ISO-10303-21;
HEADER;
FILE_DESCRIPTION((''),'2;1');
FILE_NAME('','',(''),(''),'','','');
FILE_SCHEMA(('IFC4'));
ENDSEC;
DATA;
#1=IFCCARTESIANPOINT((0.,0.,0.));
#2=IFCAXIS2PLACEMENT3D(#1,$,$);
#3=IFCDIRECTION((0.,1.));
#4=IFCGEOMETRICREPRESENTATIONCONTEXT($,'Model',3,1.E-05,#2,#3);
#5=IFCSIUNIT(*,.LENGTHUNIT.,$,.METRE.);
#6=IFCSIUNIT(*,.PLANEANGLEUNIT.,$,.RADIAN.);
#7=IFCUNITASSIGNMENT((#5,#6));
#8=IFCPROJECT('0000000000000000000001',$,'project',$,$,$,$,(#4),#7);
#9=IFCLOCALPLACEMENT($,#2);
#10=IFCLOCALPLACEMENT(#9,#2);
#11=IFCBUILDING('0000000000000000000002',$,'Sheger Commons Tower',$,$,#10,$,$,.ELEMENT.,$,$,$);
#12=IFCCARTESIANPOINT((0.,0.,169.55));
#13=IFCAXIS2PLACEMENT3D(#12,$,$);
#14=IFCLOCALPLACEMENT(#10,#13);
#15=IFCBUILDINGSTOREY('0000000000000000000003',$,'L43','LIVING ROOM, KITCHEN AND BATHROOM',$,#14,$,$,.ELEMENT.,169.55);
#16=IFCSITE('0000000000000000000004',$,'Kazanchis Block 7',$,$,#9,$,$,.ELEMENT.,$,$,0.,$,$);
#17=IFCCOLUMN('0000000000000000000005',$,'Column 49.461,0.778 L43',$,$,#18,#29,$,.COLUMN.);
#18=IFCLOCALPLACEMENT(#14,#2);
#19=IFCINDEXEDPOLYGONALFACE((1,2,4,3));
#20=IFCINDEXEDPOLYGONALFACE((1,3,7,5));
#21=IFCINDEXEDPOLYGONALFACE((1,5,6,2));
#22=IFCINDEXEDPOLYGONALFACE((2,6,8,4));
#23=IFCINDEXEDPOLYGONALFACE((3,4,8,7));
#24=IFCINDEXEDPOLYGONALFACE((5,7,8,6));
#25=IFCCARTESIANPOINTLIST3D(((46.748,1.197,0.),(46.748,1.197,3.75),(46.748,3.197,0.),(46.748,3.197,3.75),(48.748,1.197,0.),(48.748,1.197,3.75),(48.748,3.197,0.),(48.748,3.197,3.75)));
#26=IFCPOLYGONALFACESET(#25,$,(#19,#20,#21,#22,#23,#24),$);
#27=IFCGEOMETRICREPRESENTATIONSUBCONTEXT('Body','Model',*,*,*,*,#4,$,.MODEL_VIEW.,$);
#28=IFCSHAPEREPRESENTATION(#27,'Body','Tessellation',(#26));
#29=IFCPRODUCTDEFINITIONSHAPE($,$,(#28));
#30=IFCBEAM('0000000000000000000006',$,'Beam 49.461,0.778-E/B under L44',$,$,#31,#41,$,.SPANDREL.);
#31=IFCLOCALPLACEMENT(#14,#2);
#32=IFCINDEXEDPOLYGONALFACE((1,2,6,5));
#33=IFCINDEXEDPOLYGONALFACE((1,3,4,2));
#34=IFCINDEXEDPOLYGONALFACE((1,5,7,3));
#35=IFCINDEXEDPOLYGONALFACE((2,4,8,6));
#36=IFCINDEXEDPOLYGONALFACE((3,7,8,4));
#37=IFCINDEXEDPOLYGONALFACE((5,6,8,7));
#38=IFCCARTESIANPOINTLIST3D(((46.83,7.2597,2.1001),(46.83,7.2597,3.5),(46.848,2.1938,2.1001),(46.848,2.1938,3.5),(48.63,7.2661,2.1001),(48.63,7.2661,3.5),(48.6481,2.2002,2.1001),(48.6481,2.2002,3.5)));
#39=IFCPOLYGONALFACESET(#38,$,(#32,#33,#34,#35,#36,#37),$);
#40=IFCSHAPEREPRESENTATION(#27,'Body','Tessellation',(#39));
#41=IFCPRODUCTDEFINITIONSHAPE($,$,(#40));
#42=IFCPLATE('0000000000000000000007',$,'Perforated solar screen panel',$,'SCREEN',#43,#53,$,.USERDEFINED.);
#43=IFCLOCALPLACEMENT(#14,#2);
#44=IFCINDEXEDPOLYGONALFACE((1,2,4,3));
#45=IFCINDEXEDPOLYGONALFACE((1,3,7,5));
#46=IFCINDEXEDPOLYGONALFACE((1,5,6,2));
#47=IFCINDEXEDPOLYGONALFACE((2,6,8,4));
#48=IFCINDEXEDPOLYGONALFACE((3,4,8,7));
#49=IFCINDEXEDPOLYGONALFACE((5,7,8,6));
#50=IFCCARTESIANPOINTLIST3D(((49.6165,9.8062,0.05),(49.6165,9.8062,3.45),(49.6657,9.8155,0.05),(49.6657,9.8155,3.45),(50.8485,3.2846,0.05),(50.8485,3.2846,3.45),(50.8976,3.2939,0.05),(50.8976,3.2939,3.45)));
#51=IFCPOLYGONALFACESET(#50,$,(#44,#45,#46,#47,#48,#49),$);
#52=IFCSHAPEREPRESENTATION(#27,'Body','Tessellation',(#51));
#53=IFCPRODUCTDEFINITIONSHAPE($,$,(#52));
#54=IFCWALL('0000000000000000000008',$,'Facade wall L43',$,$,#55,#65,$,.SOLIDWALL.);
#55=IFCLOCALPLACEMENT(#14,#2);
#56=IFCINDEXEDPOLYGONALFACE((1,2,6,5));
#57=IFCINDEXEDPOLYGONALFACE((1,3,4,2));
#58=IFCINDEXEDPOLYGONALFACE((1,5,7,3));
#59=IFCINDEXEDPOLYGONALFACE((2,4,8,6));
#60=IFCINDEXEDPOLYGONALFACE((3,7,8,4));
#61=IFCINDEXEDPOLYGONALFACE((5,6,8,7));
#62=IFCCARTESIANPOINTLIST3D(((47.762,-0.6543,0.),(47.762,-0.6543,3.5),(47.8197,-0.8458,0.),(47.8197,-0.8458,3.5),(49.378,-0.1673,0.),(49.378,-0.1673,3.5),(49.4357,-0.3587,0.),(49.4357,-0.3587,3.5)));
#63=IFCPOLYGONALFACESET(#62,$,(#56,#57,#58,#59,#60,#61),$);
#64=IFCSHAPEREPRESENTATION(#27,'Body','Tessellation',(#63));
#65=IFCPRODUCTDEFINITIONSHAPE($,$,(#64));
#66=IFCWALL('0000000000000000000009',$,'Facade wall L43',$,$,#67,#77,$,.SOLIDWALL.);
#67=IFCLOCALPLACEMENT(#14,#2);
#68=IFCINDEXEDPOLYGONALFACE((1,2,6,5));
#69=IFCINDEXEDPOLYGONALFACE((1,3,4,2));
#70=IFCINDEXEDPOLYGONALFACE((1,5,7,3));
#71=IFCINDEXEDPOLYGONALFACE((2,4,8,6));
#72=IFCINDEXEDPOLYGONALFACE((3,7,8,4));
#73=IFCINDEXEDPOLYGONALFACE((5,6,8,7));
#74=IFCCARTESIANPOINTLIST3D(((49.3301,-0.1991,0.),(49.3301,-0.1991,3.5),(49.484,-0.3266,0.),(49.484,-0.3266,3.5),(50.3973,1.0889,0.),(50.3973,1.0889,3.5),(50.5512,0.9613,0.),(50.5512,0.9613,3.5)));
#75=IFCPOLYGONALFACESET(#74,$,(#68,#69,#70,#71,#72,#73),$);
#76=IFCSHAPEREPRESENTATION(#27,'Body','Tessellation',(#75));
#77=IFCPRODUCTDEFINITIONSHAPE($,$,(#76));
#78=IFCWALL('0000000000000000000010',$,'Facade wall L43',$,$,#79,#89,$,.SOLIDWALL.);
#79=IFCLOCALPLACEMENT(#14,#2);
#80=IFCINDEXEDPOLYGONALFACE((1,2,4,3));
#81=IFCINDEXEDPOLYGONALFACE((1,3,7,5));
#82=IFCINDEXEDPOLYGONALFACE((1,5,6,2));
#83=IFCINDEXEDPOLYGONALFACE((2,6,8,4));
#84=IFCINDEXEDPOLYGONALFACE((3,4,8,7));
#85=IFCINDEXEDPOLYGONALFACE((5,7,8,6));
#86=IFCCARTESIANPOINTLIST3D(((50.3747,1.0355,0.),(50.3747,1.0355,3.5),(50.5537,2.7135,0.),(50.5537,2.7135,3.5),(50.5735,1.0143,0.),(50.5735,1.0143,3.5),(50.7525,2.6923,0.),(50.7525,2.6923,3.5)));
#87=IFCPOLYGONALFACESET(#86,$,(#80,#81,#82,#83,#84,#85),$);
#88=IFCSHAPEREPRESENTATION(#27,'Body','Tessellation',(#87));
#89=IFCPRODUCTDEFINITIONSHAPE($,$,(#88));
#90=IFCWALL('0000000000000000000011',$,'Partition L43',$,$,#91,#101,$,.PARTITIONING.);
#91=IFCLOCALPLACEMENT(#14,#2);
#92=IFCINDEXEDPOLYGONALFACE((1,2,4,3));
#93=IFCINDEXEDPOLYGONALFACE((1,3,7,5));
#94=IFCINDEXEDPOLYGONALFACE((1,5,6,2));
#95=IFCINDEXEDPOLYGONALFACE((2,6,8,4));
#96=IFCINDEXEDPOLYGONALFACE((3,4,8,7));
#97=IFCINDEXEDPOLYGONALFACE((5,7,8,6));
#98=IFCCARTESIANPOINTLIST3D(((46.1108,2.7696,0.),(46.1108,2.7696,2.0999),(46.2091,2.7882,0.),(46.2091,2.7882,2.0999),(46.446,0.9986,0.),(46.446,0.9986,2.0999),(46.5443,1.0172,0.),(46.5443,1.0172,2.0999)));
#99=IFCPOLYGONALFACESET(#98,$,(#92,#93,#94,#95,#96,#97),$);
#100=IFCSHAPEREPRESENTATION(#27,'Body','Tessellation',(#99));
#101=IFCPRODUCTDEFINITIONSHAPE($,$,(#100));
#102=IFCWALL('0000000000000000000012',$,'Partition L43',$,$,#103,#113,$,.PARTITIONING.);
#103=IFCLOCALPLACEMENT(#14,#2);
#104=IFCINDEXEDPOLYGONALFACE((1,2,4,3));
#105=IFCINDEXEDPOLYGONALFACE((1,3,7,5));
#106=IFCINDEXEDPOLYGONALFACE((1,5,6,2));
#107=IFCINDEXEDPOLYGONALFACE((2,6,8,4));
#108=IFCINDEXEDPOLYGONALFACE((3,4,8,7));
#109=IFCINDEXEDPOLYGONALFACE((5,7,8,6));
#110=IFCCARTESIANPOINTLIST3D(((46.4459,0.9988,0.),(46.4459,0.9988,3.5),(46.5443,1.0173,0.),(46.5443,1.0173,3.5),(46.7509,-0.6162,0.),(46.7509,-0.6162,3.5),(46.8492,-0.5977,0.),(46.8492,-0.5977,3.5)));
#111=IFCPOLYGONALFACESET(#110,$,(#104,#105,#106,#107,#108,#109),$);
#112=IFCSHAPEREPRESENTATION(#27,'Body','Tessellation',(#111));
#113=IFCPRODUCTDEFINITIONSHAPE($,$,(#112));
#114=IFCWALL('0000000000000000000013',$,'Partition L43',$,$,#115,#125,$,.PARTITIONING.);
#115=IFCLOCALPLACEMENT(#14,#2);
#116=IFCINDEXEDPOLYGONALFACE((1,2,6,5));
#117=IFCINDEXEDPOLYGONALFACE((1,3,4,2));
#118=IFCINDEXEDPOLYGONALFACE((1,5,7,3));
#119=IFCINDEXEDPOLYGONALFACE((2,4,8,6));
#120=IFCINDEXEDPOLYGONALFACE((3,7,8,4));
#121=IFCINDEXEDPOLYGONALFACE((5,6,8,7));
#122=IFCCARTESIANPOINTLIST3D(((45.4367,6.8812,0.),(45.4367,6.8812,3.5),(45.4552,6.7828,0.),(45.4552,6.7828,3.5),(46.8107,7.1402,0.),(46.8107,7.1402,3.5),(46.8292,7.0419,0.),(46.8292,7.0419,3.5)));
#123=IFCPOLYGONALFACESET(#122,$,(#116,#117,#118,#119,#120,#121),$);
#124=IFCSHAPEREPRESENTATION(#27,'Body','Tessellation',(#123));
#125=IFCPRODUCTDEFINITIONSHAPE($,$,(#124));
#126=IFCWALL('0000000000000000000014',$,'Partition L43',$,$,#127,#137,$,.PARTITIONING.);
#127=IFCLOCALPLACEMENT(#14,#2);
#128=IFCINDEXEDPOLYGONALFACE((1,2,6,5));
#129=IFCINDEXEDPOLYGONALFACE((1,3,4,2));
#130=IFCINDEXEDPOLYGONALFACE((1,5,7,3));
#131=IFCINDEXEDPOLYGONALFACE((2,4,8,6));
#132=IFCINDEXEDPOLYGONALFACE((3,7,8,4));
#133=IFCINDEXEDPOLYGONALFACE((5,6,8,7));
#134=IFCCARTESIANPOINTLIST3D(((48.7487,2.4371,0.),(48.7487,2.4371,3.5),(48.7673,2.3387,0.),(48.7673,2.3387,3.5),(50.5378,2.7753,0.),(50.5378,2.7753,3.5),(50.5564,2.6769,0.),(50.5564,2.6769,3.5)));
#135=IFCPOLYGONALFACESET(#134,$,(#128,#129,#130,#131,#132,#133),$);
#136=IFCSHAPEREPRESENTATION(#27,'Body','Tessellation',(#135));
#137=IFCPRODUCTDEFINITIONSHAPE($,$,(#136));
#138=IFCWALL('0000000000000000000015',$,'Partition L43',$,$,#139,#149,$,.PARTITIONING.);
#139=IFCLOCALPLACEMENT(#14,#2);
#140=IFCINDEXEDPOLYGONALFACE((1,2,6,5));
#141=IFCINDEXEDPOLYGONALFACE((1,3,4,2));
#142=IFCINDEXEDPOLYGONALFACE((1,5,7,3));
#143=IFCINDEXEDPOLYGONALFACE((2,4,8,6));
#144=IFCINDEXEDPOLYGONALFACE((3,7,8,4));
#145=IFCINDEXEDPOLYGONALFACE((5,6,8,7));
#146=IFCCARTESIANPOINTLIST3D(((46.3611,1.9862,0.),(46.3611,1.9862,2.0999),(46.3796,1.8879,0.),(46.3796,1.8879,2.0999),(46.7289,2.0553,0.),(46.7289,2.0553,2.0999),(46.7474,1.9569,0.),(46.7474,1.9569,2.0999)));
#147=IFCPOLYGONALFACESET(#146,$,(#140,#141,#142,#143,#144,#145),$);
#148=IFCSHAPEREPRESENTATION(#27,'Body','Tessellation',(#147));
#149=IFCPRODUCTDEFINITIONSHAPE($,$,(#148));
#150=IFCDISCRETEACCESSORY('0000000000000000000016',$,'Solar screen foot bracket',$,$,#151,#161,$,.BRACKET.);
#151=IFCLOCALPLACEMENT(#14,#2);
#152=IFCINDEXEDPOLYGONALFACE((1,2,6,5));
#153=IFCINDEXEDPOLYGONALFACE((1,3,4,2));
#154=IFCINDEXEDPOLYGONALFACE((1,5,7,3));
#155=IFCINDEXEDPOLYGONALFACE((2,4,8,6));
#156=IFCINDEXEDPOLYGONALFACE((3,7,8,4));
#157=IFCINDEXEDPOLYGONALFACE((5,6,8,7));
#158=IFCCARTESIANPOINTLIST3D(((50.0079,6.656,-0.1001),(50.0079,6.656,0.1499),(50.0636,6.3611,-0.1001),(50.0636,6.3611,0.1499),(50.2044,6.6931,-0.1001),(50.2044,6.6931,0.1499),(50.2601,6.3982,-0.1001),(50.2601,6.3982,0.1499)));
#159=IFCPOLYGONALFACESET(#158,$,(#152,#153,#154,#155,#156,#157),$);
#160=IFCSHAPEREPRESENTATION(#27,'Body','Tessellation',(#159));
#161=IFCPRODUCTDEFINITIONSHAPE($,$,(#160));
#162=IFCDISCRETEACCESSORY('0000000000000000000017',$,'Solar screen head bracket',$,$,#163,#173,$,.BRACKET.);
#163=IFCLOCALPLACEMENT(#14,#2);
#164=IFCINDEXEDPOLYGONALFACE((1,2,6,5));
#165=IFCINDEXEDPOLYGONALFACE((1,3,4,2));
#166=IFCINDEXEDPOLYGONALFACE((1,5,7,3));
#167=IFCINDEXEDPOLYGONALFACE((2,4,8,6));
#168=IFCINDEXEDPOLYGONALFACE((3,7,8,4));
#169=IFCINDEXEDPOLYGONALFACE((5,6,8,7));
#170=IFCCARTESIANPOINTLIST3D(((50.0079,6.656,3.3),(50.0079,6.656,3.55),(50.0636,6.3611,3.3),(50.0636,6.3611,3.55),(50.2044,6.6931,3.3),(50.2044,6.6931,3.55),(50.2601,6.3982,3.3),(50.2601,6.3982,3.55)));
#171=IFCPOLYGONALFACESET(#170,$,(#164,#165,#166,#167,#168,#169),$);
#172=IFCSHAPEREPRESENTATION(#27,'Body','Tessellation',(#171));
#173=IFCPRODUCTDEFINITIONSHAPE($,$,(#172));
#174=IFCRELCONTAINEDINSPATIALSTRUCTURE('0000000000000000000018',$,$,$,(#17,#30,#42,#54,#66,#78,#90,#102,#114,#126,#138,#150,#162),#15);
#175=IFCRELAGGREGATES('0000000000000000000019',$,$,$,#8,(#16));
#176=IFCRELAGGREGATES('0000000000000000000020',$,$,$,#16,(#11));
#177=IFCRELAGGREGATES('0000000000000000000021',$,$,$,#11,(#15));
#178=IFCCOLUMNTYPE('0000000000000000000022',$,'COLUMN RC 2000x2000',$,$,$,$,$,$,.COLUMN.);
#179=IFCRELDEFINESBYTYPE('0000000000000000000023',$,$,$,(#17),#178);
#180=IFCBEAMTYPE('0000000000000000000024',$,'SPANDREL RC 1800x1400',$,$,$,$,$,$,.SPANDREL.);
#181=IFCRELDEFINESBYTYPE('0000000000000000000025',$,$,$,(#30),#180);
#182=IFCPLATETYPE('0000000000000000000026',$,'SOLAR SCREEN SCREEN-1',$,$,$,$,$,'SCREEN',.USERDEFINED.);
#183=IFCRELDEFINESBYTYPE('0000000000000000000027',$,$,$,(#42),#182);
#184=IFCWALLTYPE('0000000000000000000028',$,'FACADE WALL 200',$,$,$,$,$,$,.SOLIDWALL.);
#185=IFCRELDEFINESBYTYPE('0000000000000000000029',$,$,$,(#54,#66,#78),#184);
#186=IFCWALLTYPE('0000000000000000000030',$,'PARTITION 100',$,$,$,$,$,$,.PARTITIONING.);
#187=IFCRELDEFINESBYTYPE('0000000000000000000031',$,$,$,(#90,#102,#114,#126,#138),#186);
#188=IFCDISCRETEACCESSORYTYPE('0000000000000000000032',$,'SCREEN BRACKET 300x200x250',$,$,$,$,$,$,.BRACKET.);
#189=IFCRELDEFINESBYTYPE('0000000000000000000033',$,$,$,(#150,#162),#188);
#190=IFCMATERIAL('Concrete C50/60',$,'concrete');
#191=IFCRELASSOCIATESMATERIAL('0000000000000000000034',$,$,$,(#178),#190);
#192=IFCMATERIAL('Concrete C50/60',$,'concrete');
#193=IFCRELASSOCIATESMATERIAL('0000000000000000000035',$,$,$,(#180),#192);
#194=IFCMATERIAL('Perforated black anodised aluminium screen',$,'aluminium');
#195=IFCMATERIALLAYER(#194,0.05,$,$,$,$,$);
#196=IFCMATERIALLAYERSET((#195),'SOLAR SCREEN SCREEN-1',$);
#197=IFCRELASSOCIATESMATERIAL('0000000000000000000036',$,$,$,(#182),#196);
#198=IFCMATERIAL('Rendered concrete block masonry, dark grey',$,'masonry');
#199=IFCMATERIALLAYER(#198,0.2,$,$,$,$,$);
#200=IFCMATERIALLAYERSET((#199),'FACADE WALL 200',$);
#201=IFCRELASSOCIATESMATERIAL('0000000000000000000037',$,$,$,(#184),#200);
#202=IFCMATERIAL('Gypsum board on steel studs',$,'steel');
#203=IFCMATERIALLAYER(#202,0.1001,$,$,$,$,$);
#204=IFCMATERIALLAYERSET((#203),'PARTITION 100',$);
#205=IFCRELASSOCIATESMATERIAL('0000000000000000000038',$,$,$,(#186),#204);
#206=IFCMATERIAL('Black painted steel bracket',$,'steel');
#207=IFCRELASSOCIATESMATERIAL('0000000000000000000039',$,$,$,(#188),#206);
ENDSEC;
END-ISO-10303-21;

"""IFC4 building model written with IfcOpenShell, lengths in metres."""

from ifc_helpers import new_model, si_unit, direction, frame, frame_2d, origin, origin_2d, place, context, subcontext, project, spatial, rectangle, extrude, material, layer, layer_set, material_profile, profile_set, type_object, element, save


model = new_model("IFC4")

# Units and contexts
model_context = context("Model", 3, precision=1e-05, world=origin(), true_north=direction((0.0, 1.0)))
body_context = subcontext(model_context, "Body", "Model", "MODEL_VIEW")
ifc_project = project(units=[si_unit("LENGTHUNIT", "METRE"), si_unit("PLANEANGLEUNIT", "RADIAN")], contexts=[model_context])

# Site, building, storey
site_placement = place(None, origin())
site = spatial("IfcSite", under=ifc_project, at=site_placement, Name="Kazanchis Block 7", CompositionType="ELEMENT", RefElevation=0.0)
building_placement = place(site_placement, origin())
building = spatial("IfcBuilding", under=site, at=building_placement, Name="Sheger Commons Tower", CompositionType="ELEMENT")
storey_placement = place(building_placement, frame((0.0, 0.0, 169.55)))
storey = spatial("IfcBuildingStorey", under=building, at=storey_placement, Name="L43", Description="LIVING ROOM, KITCHEN AND BATHROOM", CompositionType="ELEMENT", Elevation=169.55)

# Column
ifc_material_1 = material(Name="Concrete C50/60", Category="concrete")
ifc_material_profile_1 = material_profile(ifc_material_1, rectangle(XDim=2.0, YDim=2.0, at=origin_2d()), Name="RC 2000x2000")
ifc_profile_set_1 = profile_set([ifc_material_profile_1], Name="Concrete C50/60")
column_type = type_object("IfcColumnType", Name="COLUMN RC 2000x2000", PredefinedType="COLUMN", material=ifc_profile_set_1)
column_placement = place(storey_placement, frame((47.748, 2.197, 0.0), z_axis=(0.0, 0.0, 1.0), x_axis=(1.0, 0.0, 0.0)))
element("IfcColumn", 1, at=column_placement, inside=storey, type_object=column_type, Name="Column 49.461,0.778 L43", PredefinedType="COLUMN", context=body_context, shape_type="SweptSolid", body=[
    extrude(rectangle(XDim=2.0, YDim=2.0, at=origin_2d()), origin(), (0.0, 0.0, 1.0), 3.75),
])

# Beam
ifc_material_2 = material(Name="Concrete C50/60", Category="concrete")
ifc_material_profile_2 = material_profile(ifc_material_2, rectangle(XDim=1.8, YDim=1.3999, at=origin_2d()), Name="RC 1800x1400")
ifc_profile_set_2 = profile_set([ifc_material_profile_2], Name="Concrete C50/60")
beam_type = type_object("IfcBeamType", Name="SPANDREL RC 1800x1400", PredefinedType="SPANDREL", material=ifc_profile_set_2)
beam_placement = place(storey_placement, frame((47.748, 2.197, 2.8), z_axis=(-0.003566, 0.999994, 0.0), x_axis=(-0.999994, -0.003566, 0.0)))
element("IfcBeam", 2, at=beam_placement, inside=storey, type_object=beam_type, Name="Beam 49.461,0.778-E/B under L44", PredefinedType="SPANDREL", context=body_context, shape_type="SweptSolid", body=[
    extrude(rectangle(XDim=1.8, YDim=1.3999, at=origin_2d()), origin(), (0.0, 0.0, 1.0), 5.0659),
])

# Plate
ifc_material_3 = material(Name="Perforated black anodised aluminium screen", Category="aluminium")
ifc_layer_1 = layer(ifc_material_3, 0.05)
ifc_layer_set_1 = layer_set([ifc_layer_1], Name="SOLAR SCREEN SCREEN-1")
plate_type = type_object("IfcPlateType", Name="SOLAR SCREEN SCREEN-1", ElementType="SCREEN", PredefinedType="USERDEFINED", material=ifc_layer_set_1)
plate_placement = place(storey_placement, frame((50.2571, 6.55, 0.05), z_axis=(0.0, 0.0, 1.0), x_axis=(-0.185615, 0.982623, 0.0)))
element("IfcPlate", 3, at=plate_placement, inside=storey, type_object=plate_type, Name="Perforated solar screen panel", ObjectType="SCREEN", PredefinedType="USERDEFINED", context=body_context, shape_type="SweptSolid", body=[
    extrude(rectangle(XDim=6.637, YDim=0.05, at=origin_2d()), origin(), (0.0, 0.0, 1.0), 3.3999),
])

# Walls
ifc_material_4 = material(Name="Rendered concrete block masonry, dark grey", Category="masonry")
ifc_layer_2 = layer(ifc_material_4, 0.2)
ifc_layer_set_2 = layer_set([ifc_layer_2], Name="FACADE WALL 200")
wall_type_1 = type_object("IfcWallType", Name="FACADE WALL 200", PredefinedType="SOLIDWALL", material=ifc_layer_set_2)
wall_1_placement = place(storey_placement, frame((47.791, -0.75, 0.0), z_axis=(0.0, 0.0, 1.0), x_axis=(0.957455, 0.288582, 0.0)))
element("IfcWall", 4, at=wall_1_placement, inside=storey, type_object=wall_type_1, Name="Facade wall L43", PredefinedType="SOLIDWALL", context=body_context, shape_type="SweptSolid", body=[
    extrude(rectangle(XDim=1.6877, YDim=0.2, at=frame_2d((0.8438, 0.0))), origin(), (0.0, 0.0, 1.0), 3.5),
])
wall_2_placement = place(storey_placement, frame((49.407, -0.2629, 0.0), z_axis=(0.0, 0.0, 1.0), x_axis=(0.638043, 0.770001, 0.0)))
element("IfcWall", 5, at=wall_2_placement, inside=storey, type_object=wall_type_1, Name="Facade wall L43", PredefinedType="SOLIDWALL", context=body_context, shape_type="SweptSolid", body=[
    extrude(rectangle(XDim=1.6726, YDim=0.2, at=frame_2d((0.8364, 0.0))), origin(), (0.0, 0.0, 1.0), 3.5),
])
wall_3_placement = place(storey_placement, frame((50.4741, 1.0249, 0.0), z_axis=(0.0, 0.0, 1.0), x_axis=(0.106048, 0.994361, 0.0)))
element("IfcWall", 6, at=wall_3_placement, inside=storey, type_object=wall_type_1, Name="Facade wall L43", PredefinedType="SOLIDWALL", context=body_context, shape_type="SweptSolid", body=[
    extrude(rectangle(XDim=1.6875, YDim=0.2, at=frame_2d((0.8438, 0.0))), origin(), (0.0, 0.0, 1.0), 3.5),
])

# Walls
ifc_material_5 = material(Name="Gypsum board on steel studs", Category="steel")
ifc_layer_3 = layer(ifc_material_5, 0.1001)
ifc_layer_set_3 = layer_set([ifc_layer_3], Name="PARTITION 100")
wall_type_2 = type_object("IfcWallType", Name="PARTITION 100", PredefinedType="PARTITIONING", material=ifc_layer_set_3)
wall_4_placement = place(storey_placement, frame((46.1599, 2.7791, 0.0), z_axis=(0.0, 0.0, 1.0), x_axis=(0.185973, -0.982555, 0.0)))
element("IfcWall", 7, at=wall_4_placement, inside=storey, type_object=wall_type_2, Name="Partition L43", PredefinedType="PARTITIONING", context=body_context, shape_type="SweptSolid", body=[
    extrude(rectangle(XDim=1.8025, YDim=0.1001, at=frame_2d((0.9014, 0.0))), origin(), (0.0, 0.0, 1.0), 2.0999),
])
wall_5_placement = place(storey_placement, frame((46.4951, 1.0081, 0.0), z_axis=(0.0, 0.0, 1.0), x_axis=(0.185535, -0.982638, 0.0)))
element("IfcWall", 8, at=wall_5_placement, inside=storey, type_object=wall_type_2, Name="Partition L43", PredefinedType="PARTITIONING", context=body_context, shape_type="SweptSolid", body=[
    extrude(rectangle(XDim=1.6436, YDim=0.1001, at=frame_2d((0.8218, 0.0))), origin(), (0.0, 0.0, 1.0), 3.5),
])
wall_6_placement = place(storey_placement, frame((46.8201, 7.0911, 0.0), z_axis=(0.0, 0.0, 1.0), x_axis=(-0.98269, -0.185258, 0.0)))
element("IfcWall", 9, at=wall_6_placement, inside=storey, type_object=wall_type_2, Name="Partition L43", PredefinedType="PARTITIONING", context=body_context, shape_type="SweptSolid", body=[
    extrude(rectangle(XDim=1.3982, YDim=0.1001, at=frame_2d((0.6992, 0.0))), origin(), (0.0, 0.0, 1.0), 3.5),
])
wall_7_placement = place(storey_placement, frame((50.5471, 2.7261, 0.0), z_axis=(0.0, 0.0, 1.0), x_axis=(-0.982604, -0.185713, 0.0)))
element("IfcWall", 10, at=wall_7_placement, inside=storey, type_object=wall_type_2, Name="Partition L43", PredefinedType="PARTITIONING", context=body_context, shape_type="SweptSolid", body=[
    extrude(rectangle(XDim=1.8208, YDim=0.1001, at=frame_2d((0.9104, 0.0))), origin(), (0.0, 0.0, 1.0), 3.5),
])
wall_8_placement = place(storey_placement, frame((46.738, 2.0061, 0.0), z_axis=(0.0, 0.0, 1.0), x_axis=(-0.98282, -0.184564, 0.0)))
element("IfcWall", 11, at=wall_8_placement, inside=storey, type_object=wall_type_2, Name="Partition L43", PredefinedType="PARTITIONING", context=body_context, shape_type="SweptSolid", body=[
    extrude(rectangle(XDim=0.3743, YDim=0.1001, at=frame_2d((0.187, 0.0))), origin(), (0.0, 0.0, 1.0), 2.0999),
])

# Discrete accessories
ifc_material_6 = material(Name="Black painted steel bracket", Category="steel")
discrete_accessory_type = type_object("IfcDiscreteAccessoryType", Name="SCREEN BRACKET 300x200x250", PredefinedType="BRACKET", material=ifc_material_6)
for number, where, z_axis, x_axis, name in (
    (12, (50.134, 6.5271, -0.1001), (0.0, 0.0, 1.0), (-0.185615, 0.982623, 0.0), "Solar screen foot bracket"),
    (13, (50.134, 6.5271, 3.3), (0.0, 0.0, 1.0), (-0.185615, 0.982623, 0.0), "Solar screen head bracket"),
):
    element("IfcDiscreteAccessory", number, at=place(storey_placement, frame(where, z_axis=z_axis, x_axis=x_axis)), inside=storey, type_object=discrete_accessory_type, Name=name, PredefinedType="BRACKET", context=body_context, shape_type="SweptSolid", body=[
        extrude(rectangle(XDim=0.3, YDim=0.2, at=origin_2d()), origin(), (0.0, 0.0, 1.0), 0.25),
    ])

save(model, "model.ifc")
